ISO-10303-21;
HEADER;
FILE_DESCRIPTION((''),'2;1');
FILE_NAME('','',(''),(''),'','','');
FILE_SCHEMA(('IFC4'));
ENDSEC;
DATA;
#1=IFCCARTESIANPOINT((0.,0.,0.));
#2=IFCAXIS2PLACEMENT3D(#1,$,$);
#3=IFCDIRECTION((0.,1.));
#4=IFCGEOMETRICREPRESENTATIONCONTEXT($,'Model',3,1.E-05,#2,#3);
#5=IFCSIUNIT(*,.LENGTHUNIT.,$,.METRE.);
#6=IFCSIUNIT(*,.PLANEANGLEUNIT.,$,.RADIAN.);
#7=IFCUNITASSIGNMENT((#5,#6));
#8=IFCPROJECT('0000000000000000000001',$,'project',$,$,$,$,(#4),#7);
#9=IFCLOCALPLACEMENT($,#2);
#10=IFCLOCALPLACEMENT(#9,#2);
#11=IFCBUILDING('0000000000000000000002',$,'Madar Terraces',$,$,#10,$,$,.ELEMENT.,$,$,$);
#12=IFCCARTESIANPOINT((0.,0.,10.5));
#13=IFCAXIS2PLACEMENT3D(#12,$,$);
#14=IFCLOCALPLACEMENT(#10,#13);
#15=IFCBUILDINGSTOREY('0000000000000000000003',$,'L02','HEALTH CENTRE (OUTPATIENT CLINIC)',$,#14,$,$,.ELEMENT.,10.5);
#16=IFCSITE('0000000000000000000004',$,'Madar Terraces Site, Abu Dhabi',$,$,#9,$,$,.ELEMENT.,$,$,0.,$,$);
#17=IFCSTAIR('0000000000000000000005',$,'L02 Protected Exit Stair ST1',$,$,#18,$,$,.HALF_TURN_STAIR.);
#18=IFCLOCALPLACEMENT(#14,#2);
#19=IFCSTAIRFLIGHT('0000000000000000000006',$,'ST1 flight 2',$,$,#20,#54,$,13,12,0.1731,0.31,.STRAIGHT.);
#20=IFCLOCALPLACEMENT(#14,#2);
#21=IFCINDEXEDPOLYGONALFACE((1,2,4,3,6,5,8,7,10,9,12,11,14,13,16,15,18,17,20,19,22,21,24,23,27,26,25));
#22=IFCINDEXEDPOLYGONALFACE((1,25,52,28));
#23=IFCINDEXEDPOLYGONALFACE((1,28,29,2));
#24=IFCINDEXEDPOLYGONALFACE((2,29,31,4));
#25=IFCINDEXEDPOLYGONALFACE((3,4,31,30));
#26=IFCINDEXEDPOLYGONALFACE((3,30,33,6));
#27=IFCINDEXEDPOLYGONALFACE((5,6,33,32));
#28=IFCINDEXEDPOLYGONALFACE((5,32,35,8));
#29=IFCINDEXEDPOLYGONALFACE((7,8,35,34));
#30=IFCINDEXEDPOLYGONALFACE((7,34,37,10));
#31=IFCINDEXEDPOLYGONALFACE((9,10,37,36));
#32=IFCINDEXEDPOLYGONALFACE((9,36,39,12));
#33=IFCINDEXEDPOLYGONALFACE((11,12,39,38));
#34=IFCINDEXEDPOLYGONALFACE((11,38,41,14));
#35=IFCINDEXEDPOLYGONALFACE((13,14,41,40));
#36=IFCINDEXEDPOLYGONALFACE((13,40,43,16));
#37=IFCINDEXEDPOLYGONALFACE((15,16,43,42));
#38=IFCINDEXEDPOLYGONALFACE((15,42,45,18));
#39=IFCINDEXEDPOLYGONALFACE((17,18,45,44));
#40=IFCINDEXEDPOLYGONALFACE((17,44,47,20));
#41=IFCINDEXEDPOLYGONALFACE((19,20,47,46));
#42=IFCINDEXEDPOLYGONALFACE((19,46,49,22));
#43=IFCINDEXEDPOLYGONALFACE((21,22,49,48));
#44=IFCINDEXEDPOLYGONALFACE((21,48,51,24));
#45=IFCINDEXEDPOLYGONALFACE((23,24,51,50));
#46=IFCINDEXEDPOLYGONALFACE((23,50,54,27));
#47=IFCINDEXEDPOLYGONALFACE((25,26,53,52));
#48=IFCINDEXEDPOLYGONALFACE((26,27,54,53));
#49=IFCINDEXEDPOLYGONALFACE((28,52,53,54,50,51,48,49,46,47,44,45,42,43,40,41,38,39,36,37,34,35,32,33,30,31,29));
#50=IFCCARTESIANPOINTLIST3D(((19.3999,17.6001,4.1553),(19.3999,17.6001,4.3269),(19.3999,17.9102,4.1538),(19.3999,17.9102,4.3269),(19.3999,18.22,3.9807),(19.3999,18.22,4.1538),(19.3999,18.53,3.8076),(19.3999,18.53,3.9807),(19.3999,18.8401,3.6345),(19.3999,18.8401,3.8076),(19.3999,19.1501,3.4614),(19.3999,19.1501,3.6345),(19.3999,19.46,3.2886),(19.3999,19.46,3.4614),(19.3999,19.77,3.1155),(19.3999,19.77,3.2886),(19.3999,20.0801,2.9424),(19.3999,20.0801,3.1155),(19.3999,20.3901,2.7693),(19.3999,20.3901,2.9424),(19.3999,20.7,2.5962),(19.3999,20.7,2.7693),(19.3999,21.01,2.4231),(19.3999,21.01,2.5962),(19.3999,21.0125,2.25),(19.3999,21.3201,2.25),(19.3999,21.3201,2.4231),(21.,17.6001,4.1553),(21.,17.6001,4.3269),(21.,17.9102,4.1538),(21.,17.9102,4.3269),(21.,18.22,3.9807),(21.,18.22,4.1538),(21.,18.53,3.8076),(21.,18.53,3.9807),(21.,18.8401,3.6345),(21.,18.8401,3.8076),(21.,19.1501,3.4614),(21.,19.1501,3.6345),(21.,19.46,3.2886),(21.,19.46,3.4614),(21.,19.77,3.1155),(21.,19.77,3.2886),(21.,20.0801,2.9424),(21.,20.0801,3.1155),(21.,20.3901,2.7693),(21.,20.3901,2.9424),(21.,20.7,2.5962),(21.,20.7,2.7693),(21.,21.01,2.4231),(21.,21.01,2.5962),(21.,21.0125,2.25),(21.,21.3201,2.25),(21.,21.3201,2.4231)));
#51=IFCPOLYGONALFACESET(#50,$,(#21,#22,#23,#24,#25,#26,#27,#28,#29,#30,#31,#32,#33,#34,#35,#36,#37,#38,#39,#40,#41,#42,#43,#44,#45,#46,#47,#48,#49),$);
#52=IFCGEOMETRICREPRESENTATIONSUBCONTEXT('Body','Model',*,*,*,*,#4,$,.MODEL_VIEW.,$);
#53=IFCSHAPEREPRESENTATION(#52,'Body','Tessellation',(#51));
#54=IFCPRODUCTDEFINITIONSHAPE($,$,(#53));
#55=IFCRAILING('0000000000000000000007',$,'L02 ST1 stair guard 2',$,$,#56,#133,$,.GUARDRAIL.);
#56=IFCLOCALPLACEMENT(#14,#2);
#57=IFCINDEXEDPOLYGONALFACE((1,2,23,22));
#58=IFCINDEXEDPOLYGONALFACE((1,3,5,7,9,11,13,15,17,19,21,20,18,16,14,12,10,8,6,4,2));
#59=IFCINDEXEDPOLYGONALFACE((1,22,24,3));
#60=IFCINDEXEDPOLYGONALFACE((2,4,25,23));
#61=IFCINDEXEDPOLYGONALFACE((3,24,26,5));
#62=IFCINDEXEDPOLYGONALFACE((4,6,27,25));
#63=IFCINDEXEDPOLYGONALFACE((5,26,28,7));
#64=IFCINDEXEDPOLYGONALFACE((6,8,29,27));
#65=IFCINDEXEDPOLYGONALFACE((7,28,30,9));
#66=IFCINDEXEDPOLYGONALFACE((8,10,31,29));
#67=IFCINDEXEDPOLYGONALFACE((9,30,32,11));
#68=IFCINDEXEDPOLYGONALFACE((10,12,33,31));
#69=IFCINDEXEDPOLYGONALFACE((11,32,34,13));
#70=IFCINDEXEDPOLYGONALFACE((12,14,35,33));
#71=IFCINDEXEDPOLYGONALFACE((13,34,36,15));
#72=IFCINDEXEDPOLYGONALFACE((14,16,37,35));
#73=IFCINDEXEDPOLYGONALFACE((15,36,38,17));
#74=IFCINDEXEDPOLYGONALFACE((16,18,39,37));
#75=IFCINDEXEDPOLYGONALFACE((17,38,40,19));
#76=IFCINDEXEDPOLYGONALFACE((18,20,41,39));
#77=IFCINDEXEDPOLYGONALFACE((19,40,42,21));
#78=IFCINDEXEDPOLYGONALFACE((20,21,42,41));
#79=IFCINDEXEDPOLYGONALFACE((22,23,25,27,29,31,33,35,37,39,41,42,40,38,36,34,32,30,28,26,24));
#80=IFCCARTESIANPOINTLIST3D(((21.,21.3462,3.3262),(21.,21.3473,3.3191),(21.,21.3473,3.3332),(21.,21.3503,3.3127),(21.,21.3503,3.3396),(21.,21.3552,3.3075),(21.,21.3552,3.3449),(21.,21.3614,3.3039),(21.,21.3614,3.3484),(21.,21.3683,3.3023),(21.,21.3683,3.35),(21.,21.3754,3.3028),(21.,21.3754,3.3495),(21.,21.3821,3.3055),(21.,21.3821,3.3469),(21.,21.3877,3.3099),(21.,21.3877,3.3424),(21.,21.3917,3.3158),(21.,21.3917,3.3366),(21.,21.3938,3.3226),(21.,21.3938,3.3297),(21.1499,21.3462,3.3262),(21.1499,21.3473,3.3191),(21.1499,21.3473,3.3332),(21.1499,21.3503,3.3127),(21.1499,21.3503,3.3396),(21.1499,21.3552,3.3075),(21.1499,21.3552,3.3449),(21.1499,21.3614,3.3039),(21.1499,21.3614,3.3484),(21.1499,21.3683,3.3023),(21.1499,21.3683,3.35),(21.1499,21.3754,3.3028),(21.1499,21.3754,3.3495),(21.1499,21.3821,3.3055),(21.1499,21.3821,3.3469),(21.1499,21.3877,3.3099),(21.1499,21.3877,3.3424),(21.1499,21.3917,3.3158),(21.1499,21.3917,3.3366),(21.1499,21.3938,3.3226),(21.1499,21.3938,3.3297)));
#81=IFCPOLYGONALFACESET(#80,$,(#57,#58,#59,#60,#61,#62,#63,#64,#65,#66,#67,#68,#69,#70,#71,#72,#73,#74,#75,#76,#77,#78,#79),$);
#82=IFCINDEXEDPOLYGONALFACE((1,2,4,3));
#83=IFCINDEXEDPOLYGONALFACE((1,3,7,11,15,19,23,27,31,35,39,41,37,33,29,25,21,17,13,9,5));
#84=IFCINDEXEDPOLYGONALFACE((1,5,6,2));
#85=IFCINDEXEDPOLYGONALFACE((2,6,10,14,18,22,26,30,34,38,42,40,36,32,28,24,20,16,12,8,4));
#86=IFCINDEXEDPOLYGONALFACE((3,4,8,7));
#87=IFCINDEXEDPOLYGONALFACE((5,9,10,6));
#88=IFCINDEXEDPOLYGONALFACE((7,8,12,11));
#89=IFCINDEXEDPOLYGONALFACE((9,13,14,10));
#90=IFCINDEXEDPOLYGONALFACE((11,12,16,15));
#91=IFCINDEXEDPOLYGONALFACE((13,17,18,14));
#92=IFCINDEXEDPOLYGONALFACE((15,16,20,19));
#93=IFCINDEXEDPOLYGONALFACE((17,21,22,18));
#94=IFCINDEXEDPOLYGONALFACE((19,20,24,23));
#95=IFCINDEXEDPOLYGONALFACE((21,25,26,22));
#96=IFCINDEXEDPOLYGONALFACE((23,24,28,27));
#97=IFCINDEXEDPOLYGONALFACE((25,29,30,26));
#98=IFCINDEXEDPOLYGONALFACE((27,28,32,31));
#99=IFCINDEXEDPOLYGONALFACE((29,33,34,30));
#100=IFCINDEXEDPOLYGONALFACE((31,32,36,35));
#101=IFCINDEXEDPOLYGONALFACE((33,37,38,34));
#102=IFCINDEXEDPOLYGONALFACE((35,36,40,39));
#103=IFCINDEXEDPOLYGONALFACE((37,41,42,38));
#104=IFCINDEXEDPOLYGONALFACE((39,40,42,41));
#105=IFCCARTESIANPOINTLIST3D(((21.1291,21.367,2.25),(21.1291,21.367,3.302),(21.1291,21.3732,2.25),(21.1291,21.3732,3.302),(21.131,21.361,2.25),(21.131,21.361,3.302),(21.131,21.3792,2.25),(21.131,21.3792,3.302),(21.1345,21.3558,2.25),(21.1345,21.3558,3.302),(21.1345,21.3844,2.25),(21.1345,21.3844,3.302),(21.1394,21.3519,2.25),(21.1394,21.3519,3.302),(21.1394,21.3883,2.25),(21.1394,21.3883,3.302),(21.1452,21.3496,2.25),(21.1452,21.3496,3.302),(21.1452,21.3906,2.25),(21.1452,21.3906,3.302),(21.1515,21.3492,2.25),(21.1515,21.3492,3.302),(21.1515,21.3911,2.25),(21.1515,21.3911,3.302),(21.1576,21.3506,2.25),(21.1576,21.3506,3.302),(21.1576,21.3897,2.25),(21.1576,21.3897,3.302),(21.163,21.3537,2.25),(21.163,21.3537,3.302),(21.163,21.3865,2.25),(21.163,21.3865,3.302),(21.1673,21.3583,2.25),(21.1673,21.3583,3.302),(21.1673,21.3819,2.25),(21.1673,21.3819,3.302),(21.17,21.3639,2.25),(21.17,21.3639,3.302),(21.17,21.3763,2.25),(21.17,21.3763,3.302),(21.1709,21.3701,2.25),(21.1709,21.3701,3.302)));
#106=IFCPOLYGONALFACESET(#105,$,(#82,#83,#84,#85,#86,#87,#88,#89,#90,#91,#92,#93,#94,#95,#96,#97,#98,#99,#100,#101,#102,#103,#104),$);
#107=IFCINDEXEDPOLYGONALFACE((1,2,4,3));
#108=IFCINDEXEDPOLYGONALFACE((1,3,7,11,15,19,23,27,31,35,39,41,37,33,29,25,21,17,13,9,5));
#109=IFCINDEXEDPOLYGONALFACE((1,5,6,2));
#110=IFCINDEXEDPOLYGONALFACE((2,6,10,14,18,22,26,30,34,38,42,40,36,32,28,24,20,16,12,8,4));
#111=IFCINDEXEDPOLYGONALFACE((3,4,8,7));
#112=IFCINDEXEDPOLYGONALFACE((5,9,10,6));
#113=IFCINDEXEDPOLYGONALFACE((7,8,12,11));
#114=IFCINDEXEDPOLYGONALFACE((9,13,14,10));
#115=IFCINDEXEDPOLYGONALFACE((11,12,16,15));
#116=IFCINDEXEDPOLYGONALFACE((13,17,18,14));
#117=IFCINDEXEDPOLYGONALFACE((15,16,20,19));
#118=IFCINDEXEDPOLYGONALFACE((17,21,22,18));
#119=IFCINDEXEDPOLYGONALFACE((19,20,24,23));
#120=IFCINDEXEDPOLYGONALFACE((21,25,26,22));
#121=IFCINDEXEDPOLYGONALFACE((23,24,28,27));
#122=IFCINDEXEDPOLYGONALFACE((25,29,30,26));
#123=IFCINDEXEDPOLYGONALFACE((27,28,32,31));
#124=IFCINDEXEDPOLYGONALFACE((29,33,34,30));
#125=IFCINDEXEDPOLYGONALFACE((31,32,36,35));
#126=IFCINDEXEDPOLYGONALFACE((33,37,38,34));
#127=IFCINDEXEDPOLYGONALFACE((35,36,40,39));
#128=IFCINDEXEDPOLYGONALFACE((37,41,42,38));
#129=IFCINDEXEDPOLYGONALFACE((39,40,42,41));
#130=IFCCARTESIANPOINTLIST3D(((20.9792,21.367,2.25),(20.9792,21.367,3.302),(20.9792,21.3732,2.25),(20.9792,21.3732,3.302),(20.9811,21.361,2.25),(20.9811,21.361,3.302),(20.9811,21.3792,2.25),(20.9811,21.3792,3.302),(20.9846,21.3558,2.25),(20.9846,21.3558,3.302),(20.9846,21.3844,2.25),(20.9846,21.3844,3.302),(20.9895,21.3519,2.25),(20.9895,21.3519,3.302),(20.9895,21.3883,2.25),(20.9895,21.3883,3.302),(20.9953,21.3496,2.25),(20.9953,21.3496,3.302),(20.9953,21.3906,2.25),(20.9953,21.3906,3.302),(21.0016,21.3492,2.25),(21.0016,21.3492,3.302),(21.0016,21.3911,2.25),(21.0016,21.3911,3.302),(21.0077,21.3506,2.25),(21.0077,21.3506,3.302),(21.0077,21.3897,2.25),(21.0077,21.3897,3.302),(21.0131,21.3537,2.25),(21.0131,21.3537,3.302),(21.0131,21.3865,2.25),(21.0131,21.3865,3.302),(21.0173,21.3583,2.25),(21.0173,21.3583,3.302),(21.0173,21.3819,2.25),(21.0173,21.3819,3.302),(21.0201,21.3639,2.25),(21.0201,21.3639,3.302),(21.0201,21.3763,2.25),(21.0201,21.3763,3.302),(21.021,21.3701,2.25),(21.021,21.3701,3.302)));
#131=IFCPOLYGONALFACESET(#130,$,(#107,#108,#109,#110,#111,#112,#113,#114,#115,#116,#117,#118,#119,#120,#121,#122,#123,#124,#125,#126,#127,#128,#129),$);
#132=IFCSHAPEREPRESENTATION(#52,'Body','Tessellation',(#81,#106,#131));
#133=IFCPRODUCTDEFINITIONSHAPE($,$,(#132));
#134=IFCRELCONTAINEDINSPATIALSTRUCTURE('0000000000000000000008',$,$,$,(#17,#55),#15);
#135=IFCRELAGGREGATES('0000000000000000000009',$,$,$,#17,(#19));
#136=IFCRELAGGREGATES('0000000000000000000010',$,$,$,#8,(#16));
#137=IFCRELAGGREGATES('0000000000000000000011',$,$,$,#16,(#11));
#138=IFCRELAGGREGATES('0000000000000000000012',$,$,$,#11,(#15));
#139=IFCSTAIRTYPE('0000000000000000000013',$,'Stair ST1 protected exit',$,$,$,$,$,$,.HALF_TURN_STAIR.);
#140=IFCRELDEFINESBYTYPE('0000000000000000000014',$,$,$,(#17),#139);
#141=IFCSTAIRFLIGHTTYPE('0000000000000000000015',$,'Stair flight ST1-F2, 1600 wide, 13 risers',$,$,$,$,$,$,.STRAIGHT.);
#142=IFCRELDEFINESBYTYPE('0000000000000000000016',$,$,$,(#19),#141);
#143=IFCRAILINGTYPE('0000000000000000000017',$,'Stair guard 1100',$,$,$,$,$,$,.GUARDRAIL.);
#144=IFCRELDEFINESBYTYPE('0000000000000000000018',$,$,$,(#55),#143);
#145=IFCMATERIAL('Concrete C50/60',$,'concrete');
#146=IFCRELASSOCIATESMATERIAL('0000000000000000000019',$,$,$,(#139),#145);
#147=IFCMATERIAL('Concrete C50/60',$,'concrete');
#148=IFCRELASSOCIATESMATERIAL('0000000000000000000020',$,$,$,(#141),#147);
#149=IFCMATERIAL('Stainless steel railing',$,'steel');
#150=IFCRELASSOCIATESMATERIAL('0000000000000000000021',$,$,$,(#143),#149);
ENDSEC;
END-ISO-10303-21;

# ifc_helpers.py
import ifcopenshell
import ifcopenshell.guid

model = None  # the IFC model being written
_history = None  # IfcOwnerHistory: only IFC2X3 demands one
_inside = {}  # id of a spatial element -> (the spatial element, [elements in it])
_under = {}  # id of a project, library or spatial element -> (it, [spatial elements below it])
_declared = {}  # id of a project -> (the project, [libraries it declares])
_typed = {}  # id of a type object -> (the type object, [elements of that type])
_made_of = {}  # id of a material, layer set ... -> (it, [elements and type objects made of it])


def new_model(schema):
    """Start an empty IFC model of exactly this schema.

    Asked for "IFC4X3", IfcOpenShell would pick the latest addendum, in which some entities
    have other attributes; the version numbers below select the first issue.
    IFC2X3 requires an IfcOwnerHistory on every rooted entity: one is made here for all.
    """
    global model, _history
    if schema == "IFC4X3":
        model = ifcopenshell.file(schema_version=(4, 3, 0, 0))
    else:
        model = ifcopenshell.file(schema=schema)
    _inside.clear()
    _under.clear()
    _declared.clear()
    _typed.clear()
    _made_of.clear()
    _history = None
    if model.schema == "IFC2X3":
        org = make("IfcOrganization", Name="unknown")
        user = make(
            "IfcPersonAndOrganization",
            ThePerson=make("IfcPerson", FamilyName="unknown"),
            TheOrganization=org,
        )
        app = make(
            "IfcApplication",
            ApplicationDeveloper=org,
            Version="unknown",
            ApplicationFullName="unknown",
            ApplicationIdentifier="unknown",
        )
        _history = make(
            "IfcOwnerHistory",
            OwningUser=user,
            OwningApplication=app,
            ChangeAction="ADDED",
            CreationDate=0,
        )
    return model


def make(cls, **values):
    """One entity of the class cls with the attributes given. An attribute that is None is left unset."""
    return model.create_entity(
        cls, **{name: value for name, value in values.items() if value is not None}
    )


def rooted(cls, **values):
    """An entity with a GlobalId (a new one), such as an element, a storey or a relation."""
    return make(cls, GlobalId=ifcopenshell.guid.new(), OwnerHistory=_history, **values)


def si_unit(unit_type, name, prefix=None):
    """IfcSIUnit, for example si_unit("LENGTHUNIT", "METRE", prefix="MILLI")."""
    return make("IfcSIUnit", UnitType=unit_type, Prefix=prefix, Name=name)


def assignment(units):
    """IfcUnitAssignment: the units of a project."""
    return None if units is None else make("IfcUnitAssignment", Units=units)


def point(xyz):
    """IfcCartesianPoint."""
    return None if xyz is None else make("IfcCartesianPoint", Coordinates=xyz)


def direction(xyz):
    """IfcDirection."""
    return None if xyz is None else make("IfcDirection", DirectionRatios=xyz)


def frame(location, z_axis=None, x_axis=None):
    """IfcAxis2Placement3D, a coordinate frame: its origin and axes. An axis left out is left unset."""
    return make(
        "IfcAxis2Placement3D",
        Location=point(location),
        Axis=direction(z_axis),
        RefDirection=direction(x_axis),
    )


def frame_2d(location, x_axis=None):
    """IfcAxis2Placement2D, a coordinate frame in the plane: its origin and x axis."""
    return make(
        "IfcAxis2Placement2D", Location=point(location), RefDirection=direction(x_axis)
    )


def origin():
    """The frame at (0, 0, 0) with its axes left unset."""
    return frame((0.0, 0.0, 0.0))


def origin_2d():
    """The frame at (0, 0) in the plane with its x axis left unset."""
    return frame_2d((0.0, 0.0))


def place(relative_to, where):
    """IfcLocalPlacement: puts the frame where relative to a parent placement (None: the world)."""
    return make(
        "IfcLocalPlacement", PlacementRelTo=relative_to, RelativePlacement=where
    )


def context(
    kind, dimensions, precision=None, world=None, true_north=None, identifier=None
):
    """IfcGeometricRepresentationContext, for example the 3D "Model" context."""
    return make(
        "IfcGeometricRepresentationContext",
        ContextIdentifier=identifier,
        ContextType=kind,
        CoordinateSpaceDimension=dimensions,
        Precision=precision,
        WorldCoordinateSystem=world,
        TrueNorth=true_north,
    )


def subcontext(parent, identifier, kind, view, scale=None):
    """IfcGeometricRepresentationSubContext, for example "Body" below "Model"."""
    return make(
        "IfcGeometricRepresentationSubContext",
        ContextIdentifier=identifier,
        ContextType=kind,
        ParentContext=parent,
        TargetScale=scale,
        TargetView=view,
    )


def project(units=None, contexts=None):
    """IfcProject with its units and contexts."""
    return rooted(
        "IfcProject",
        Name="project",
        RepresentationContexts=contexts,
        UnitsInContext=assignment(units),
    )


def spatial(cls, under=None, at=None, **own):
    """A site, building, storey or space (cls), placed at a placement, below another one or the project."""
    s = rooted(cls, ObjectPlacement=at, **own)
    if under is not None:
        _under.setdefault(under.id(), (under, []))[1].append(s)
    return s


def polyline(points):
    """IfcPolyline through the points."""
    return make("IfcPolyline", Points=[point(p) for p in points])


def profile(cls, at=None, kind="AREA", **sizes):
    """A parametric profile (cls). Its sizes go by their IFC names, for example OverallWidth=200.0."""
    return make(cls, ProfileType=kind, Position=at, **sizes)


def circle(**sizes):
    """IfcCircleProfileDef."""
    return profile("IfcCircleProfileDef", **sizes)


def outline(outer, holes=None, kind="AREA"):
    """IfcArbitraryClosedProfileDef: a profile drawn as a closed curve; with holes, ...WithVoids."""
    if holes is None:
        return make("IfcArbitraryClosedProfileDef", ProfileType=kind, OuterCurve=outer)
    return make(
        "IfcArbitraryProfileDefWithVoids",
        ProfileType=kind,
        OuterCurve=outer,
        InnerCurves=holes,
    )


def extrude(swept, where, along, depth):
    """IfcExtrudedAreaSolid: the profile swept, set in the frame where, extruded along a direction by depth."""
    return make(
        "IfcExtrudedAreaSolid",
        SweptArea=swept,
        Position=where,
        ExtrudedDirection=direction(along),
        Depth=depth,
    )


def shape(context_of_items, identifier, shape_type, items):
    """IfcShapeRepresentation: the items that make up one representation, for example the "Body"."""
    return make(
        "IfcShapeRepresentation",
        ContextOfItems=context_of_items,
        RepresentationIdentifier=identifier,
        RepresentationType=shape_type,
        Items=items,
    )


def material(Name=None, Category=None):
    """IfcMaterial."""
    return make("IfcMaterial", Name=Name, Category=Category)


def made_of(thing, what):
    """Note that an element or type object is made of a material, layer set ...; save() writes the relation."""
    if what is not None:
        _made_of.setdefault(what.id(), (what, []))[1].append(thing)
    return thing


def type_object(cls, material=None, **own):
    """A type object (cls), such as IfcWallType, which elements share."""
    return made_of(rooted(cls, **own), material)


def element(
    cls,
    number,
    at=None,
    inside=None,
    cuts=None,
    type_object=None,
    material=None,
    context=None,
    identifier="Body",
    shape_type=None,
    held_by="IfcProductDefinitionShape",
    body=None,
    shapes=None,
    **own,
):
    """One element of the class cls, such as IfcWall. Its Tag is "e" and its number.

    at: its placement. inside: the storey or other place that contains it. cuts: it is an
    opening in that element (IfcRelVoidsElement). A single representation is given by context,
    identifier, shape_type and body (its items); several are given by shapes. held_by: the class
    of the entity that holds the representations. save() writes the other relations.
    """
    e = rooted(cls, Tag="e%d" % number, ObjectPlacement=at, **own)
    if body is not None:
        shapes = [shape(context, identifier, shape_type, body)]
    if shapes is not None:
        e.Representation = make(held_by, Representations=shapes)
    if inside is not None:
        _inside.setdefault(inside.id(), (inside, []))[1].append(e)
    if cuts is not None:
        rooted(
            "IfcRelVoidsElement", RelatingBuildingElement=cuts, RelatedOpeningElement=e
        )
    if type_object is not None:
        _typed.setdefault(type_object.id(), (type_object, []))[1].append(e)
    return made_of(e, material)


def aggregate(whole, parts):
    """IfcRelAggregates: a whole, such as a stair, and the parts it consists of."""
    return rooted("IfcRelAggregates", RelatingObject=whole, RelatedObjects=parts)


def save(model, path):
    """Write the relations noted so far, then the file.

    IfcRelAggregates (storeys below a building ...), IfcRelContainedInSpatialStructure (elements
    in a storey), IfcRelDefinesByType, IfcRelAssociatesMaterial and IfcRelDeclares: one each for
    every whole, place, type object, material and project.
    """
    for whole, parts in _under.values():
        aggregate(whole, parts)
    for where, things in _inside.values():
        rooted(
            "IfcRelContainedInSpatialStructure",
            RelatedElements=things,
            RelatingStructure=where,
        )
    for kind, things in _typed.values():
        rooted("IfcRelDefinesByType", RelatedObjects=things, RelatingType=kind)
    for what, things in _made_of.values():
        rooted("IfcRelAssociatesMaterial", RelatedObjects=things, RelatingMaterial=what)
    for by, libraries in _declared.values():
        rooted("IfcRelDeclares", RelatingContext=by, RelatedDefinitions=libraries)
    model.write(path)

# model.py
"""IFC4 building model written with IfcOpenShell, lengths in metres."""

from ifc_helpers import new_model, si_unit, direction, frame, origin, origin_2d, place, context, subcontext, project, spatial, polyline, circle, outline, extrude, material, type_object, element, aggregate, save


model = new_model("IFC4")

# Units and contexts
model_context = context("Model", 3, precision=1e-05, world=origin(), true_north=direction((0.0, 1.0)))
body_context = subcontext(model_context, "Body", "Model", "MODEL_VIEW")
ifc_project = project(units=[si_unit("LENGTHUNIT", "METRE"), si_unit("PLANEANGLEUNIT", "RADIAN")], contexts=[model_context])

# Site, building, storey
site_placement = place(None, origin())
site = spatial("IfcSite", under=ifc_project, at=site_placement, Name="Madar Terraces Site, Abu Dhabi", CompositionType="ELEMENT", RefElevation=0.0)
building_placement = place(site_placement, origin())
building = spatial("IfcBuilding", under=site, at=building_placement, Name="Madar Terraces", CompositionType="ELEMENT")
storey_placement = place(building_placement, frame((0.0, 0.0, 10.5)))
storey = spatial("IfcBuildingStorey", under=building, at=storey_placement, Name="L02", Description="HEALTH CENTRE (OUTPATIENT CLINIC)", CompositionType="ELEMENT", Elevation=10.5)

# Stair, stair flight
ifc_material_1 = material(Name="Concrete C50/60", Category="concrete")
stair_type = type_object("IfcStairType", Name="Stair ST1 protected exit", PredefinedType="HALF_TURN_STAIR", material=ifc_material_1)
stair_placement = place(storey_placement, origin())
stair = element("IfcStair", 1, at=stair_placement, inside=storey, type_object=stair_type, Name="L02 Protected Exit Stair ST1", PredefinedType="HALF_TURN_STAIR")
ifc_material_2 = material(Name="Concrete C50/60", Category="concrete")
stair_flight_type = type_object("IfcStairFlightType", Name="Stair flight ST1-F2, 1600 wide, 13 risers", PredefinedType="STRAIGHT", material=ifc_material_2)
stair_flight_placement = place(storey_placement, frame((20.2, 21.3201, 2.25), z_axis=(0.0, 0.0, 1.0), x_axis=(0.0, -1.0, 0.0)))
stair_flight = element("IfcStairFlight", 2, at=stair_flight_placement, type_object=stair_flight_type, Name="ST1 flight 2", NumberOfRisers=13, NumberOfTreads=12, PredefinedType="STRAIGHT", RiserHeight=0.1731, TreadLength=0.31, context=body_context, shape_type="SweptSolid", body=[
    extrude(outline(polyline([(0.0, 0.0), (0.0, 0.1731), (0.3101, 0.1731), (0.3101, 0.3462), (0.6201, 0.3462), (0.6201, 0.5193), (0.9299, 0.5193), (0.9299, 0.6924), (1.24, 0.6924), (1.24, 0.8655), (1.55, 0.8655), (1.55, 1.0386), (1.8601, 1.0386), (1.8601, 1.2114), (2.1699, 1.2114), (2.1699, 1.3845), (2.48, 1.3845), (2.48, 1.5576), (2.79, 1.5576), (2.79, 1.7307), (3.1001, 1.7307), (3.1001, 1.9038), (3.4099, 1.9038), (3.4099, 2.0769), (3.72, 2.0769), (3.72, 2.25), (3.72, 1.9053), (0.3076, 0.0), (0.0, 0.0)])), frame((0.0, 0.8, 0.0), z_axis=(0.0, -1.0, 0.0), x_axis=(1.0, 0.0, 0.0)), (0.0, 0.0, 1.0), 1.6001),
])
aggregate(stair, [stair_flight])

# Railing
ifc_material_3 = material(Name="Stainless steel railing", Category="steel")
railing_type = type_object("IfcRailingType", Name="Stair guard 1100", PredefinedType="GUARDRAIL", material=ifc_material_3)
railing_1_placement = place(storey_placement, frame((21.1499, 21.3701, 2.25)))
element("IfcRailing", 3, at=railing_1_placement, inside=storey, type_object=railing_type, Name="L02 ST1 stair guard 2", PredefinedType="GUARDRAIL", context=body_context, shape_type="SweptSolid", body=[
    extrude(circle(Radius=0.0239, at=origin_2d()), frame((0.0, 0.0, 1.0762), z_axis=(-1.0, 0.0, 0.0), x_axis=(0.0, -1.0, 0.0)), (0.0, 0.0, 1.0), 0.1499),
    extrude(circle(Radius=0.021, at=origin_2d()), origin(), (0.0, 0.0, 1.0), 1.052),
    extrude(circle(Radius=0.021, at=origin_2d()), frame((-0.1499, 0.0, 0.0)), (0.0, 0.0, 1.0), 1.052),
])

save(model, "model.ifc")
